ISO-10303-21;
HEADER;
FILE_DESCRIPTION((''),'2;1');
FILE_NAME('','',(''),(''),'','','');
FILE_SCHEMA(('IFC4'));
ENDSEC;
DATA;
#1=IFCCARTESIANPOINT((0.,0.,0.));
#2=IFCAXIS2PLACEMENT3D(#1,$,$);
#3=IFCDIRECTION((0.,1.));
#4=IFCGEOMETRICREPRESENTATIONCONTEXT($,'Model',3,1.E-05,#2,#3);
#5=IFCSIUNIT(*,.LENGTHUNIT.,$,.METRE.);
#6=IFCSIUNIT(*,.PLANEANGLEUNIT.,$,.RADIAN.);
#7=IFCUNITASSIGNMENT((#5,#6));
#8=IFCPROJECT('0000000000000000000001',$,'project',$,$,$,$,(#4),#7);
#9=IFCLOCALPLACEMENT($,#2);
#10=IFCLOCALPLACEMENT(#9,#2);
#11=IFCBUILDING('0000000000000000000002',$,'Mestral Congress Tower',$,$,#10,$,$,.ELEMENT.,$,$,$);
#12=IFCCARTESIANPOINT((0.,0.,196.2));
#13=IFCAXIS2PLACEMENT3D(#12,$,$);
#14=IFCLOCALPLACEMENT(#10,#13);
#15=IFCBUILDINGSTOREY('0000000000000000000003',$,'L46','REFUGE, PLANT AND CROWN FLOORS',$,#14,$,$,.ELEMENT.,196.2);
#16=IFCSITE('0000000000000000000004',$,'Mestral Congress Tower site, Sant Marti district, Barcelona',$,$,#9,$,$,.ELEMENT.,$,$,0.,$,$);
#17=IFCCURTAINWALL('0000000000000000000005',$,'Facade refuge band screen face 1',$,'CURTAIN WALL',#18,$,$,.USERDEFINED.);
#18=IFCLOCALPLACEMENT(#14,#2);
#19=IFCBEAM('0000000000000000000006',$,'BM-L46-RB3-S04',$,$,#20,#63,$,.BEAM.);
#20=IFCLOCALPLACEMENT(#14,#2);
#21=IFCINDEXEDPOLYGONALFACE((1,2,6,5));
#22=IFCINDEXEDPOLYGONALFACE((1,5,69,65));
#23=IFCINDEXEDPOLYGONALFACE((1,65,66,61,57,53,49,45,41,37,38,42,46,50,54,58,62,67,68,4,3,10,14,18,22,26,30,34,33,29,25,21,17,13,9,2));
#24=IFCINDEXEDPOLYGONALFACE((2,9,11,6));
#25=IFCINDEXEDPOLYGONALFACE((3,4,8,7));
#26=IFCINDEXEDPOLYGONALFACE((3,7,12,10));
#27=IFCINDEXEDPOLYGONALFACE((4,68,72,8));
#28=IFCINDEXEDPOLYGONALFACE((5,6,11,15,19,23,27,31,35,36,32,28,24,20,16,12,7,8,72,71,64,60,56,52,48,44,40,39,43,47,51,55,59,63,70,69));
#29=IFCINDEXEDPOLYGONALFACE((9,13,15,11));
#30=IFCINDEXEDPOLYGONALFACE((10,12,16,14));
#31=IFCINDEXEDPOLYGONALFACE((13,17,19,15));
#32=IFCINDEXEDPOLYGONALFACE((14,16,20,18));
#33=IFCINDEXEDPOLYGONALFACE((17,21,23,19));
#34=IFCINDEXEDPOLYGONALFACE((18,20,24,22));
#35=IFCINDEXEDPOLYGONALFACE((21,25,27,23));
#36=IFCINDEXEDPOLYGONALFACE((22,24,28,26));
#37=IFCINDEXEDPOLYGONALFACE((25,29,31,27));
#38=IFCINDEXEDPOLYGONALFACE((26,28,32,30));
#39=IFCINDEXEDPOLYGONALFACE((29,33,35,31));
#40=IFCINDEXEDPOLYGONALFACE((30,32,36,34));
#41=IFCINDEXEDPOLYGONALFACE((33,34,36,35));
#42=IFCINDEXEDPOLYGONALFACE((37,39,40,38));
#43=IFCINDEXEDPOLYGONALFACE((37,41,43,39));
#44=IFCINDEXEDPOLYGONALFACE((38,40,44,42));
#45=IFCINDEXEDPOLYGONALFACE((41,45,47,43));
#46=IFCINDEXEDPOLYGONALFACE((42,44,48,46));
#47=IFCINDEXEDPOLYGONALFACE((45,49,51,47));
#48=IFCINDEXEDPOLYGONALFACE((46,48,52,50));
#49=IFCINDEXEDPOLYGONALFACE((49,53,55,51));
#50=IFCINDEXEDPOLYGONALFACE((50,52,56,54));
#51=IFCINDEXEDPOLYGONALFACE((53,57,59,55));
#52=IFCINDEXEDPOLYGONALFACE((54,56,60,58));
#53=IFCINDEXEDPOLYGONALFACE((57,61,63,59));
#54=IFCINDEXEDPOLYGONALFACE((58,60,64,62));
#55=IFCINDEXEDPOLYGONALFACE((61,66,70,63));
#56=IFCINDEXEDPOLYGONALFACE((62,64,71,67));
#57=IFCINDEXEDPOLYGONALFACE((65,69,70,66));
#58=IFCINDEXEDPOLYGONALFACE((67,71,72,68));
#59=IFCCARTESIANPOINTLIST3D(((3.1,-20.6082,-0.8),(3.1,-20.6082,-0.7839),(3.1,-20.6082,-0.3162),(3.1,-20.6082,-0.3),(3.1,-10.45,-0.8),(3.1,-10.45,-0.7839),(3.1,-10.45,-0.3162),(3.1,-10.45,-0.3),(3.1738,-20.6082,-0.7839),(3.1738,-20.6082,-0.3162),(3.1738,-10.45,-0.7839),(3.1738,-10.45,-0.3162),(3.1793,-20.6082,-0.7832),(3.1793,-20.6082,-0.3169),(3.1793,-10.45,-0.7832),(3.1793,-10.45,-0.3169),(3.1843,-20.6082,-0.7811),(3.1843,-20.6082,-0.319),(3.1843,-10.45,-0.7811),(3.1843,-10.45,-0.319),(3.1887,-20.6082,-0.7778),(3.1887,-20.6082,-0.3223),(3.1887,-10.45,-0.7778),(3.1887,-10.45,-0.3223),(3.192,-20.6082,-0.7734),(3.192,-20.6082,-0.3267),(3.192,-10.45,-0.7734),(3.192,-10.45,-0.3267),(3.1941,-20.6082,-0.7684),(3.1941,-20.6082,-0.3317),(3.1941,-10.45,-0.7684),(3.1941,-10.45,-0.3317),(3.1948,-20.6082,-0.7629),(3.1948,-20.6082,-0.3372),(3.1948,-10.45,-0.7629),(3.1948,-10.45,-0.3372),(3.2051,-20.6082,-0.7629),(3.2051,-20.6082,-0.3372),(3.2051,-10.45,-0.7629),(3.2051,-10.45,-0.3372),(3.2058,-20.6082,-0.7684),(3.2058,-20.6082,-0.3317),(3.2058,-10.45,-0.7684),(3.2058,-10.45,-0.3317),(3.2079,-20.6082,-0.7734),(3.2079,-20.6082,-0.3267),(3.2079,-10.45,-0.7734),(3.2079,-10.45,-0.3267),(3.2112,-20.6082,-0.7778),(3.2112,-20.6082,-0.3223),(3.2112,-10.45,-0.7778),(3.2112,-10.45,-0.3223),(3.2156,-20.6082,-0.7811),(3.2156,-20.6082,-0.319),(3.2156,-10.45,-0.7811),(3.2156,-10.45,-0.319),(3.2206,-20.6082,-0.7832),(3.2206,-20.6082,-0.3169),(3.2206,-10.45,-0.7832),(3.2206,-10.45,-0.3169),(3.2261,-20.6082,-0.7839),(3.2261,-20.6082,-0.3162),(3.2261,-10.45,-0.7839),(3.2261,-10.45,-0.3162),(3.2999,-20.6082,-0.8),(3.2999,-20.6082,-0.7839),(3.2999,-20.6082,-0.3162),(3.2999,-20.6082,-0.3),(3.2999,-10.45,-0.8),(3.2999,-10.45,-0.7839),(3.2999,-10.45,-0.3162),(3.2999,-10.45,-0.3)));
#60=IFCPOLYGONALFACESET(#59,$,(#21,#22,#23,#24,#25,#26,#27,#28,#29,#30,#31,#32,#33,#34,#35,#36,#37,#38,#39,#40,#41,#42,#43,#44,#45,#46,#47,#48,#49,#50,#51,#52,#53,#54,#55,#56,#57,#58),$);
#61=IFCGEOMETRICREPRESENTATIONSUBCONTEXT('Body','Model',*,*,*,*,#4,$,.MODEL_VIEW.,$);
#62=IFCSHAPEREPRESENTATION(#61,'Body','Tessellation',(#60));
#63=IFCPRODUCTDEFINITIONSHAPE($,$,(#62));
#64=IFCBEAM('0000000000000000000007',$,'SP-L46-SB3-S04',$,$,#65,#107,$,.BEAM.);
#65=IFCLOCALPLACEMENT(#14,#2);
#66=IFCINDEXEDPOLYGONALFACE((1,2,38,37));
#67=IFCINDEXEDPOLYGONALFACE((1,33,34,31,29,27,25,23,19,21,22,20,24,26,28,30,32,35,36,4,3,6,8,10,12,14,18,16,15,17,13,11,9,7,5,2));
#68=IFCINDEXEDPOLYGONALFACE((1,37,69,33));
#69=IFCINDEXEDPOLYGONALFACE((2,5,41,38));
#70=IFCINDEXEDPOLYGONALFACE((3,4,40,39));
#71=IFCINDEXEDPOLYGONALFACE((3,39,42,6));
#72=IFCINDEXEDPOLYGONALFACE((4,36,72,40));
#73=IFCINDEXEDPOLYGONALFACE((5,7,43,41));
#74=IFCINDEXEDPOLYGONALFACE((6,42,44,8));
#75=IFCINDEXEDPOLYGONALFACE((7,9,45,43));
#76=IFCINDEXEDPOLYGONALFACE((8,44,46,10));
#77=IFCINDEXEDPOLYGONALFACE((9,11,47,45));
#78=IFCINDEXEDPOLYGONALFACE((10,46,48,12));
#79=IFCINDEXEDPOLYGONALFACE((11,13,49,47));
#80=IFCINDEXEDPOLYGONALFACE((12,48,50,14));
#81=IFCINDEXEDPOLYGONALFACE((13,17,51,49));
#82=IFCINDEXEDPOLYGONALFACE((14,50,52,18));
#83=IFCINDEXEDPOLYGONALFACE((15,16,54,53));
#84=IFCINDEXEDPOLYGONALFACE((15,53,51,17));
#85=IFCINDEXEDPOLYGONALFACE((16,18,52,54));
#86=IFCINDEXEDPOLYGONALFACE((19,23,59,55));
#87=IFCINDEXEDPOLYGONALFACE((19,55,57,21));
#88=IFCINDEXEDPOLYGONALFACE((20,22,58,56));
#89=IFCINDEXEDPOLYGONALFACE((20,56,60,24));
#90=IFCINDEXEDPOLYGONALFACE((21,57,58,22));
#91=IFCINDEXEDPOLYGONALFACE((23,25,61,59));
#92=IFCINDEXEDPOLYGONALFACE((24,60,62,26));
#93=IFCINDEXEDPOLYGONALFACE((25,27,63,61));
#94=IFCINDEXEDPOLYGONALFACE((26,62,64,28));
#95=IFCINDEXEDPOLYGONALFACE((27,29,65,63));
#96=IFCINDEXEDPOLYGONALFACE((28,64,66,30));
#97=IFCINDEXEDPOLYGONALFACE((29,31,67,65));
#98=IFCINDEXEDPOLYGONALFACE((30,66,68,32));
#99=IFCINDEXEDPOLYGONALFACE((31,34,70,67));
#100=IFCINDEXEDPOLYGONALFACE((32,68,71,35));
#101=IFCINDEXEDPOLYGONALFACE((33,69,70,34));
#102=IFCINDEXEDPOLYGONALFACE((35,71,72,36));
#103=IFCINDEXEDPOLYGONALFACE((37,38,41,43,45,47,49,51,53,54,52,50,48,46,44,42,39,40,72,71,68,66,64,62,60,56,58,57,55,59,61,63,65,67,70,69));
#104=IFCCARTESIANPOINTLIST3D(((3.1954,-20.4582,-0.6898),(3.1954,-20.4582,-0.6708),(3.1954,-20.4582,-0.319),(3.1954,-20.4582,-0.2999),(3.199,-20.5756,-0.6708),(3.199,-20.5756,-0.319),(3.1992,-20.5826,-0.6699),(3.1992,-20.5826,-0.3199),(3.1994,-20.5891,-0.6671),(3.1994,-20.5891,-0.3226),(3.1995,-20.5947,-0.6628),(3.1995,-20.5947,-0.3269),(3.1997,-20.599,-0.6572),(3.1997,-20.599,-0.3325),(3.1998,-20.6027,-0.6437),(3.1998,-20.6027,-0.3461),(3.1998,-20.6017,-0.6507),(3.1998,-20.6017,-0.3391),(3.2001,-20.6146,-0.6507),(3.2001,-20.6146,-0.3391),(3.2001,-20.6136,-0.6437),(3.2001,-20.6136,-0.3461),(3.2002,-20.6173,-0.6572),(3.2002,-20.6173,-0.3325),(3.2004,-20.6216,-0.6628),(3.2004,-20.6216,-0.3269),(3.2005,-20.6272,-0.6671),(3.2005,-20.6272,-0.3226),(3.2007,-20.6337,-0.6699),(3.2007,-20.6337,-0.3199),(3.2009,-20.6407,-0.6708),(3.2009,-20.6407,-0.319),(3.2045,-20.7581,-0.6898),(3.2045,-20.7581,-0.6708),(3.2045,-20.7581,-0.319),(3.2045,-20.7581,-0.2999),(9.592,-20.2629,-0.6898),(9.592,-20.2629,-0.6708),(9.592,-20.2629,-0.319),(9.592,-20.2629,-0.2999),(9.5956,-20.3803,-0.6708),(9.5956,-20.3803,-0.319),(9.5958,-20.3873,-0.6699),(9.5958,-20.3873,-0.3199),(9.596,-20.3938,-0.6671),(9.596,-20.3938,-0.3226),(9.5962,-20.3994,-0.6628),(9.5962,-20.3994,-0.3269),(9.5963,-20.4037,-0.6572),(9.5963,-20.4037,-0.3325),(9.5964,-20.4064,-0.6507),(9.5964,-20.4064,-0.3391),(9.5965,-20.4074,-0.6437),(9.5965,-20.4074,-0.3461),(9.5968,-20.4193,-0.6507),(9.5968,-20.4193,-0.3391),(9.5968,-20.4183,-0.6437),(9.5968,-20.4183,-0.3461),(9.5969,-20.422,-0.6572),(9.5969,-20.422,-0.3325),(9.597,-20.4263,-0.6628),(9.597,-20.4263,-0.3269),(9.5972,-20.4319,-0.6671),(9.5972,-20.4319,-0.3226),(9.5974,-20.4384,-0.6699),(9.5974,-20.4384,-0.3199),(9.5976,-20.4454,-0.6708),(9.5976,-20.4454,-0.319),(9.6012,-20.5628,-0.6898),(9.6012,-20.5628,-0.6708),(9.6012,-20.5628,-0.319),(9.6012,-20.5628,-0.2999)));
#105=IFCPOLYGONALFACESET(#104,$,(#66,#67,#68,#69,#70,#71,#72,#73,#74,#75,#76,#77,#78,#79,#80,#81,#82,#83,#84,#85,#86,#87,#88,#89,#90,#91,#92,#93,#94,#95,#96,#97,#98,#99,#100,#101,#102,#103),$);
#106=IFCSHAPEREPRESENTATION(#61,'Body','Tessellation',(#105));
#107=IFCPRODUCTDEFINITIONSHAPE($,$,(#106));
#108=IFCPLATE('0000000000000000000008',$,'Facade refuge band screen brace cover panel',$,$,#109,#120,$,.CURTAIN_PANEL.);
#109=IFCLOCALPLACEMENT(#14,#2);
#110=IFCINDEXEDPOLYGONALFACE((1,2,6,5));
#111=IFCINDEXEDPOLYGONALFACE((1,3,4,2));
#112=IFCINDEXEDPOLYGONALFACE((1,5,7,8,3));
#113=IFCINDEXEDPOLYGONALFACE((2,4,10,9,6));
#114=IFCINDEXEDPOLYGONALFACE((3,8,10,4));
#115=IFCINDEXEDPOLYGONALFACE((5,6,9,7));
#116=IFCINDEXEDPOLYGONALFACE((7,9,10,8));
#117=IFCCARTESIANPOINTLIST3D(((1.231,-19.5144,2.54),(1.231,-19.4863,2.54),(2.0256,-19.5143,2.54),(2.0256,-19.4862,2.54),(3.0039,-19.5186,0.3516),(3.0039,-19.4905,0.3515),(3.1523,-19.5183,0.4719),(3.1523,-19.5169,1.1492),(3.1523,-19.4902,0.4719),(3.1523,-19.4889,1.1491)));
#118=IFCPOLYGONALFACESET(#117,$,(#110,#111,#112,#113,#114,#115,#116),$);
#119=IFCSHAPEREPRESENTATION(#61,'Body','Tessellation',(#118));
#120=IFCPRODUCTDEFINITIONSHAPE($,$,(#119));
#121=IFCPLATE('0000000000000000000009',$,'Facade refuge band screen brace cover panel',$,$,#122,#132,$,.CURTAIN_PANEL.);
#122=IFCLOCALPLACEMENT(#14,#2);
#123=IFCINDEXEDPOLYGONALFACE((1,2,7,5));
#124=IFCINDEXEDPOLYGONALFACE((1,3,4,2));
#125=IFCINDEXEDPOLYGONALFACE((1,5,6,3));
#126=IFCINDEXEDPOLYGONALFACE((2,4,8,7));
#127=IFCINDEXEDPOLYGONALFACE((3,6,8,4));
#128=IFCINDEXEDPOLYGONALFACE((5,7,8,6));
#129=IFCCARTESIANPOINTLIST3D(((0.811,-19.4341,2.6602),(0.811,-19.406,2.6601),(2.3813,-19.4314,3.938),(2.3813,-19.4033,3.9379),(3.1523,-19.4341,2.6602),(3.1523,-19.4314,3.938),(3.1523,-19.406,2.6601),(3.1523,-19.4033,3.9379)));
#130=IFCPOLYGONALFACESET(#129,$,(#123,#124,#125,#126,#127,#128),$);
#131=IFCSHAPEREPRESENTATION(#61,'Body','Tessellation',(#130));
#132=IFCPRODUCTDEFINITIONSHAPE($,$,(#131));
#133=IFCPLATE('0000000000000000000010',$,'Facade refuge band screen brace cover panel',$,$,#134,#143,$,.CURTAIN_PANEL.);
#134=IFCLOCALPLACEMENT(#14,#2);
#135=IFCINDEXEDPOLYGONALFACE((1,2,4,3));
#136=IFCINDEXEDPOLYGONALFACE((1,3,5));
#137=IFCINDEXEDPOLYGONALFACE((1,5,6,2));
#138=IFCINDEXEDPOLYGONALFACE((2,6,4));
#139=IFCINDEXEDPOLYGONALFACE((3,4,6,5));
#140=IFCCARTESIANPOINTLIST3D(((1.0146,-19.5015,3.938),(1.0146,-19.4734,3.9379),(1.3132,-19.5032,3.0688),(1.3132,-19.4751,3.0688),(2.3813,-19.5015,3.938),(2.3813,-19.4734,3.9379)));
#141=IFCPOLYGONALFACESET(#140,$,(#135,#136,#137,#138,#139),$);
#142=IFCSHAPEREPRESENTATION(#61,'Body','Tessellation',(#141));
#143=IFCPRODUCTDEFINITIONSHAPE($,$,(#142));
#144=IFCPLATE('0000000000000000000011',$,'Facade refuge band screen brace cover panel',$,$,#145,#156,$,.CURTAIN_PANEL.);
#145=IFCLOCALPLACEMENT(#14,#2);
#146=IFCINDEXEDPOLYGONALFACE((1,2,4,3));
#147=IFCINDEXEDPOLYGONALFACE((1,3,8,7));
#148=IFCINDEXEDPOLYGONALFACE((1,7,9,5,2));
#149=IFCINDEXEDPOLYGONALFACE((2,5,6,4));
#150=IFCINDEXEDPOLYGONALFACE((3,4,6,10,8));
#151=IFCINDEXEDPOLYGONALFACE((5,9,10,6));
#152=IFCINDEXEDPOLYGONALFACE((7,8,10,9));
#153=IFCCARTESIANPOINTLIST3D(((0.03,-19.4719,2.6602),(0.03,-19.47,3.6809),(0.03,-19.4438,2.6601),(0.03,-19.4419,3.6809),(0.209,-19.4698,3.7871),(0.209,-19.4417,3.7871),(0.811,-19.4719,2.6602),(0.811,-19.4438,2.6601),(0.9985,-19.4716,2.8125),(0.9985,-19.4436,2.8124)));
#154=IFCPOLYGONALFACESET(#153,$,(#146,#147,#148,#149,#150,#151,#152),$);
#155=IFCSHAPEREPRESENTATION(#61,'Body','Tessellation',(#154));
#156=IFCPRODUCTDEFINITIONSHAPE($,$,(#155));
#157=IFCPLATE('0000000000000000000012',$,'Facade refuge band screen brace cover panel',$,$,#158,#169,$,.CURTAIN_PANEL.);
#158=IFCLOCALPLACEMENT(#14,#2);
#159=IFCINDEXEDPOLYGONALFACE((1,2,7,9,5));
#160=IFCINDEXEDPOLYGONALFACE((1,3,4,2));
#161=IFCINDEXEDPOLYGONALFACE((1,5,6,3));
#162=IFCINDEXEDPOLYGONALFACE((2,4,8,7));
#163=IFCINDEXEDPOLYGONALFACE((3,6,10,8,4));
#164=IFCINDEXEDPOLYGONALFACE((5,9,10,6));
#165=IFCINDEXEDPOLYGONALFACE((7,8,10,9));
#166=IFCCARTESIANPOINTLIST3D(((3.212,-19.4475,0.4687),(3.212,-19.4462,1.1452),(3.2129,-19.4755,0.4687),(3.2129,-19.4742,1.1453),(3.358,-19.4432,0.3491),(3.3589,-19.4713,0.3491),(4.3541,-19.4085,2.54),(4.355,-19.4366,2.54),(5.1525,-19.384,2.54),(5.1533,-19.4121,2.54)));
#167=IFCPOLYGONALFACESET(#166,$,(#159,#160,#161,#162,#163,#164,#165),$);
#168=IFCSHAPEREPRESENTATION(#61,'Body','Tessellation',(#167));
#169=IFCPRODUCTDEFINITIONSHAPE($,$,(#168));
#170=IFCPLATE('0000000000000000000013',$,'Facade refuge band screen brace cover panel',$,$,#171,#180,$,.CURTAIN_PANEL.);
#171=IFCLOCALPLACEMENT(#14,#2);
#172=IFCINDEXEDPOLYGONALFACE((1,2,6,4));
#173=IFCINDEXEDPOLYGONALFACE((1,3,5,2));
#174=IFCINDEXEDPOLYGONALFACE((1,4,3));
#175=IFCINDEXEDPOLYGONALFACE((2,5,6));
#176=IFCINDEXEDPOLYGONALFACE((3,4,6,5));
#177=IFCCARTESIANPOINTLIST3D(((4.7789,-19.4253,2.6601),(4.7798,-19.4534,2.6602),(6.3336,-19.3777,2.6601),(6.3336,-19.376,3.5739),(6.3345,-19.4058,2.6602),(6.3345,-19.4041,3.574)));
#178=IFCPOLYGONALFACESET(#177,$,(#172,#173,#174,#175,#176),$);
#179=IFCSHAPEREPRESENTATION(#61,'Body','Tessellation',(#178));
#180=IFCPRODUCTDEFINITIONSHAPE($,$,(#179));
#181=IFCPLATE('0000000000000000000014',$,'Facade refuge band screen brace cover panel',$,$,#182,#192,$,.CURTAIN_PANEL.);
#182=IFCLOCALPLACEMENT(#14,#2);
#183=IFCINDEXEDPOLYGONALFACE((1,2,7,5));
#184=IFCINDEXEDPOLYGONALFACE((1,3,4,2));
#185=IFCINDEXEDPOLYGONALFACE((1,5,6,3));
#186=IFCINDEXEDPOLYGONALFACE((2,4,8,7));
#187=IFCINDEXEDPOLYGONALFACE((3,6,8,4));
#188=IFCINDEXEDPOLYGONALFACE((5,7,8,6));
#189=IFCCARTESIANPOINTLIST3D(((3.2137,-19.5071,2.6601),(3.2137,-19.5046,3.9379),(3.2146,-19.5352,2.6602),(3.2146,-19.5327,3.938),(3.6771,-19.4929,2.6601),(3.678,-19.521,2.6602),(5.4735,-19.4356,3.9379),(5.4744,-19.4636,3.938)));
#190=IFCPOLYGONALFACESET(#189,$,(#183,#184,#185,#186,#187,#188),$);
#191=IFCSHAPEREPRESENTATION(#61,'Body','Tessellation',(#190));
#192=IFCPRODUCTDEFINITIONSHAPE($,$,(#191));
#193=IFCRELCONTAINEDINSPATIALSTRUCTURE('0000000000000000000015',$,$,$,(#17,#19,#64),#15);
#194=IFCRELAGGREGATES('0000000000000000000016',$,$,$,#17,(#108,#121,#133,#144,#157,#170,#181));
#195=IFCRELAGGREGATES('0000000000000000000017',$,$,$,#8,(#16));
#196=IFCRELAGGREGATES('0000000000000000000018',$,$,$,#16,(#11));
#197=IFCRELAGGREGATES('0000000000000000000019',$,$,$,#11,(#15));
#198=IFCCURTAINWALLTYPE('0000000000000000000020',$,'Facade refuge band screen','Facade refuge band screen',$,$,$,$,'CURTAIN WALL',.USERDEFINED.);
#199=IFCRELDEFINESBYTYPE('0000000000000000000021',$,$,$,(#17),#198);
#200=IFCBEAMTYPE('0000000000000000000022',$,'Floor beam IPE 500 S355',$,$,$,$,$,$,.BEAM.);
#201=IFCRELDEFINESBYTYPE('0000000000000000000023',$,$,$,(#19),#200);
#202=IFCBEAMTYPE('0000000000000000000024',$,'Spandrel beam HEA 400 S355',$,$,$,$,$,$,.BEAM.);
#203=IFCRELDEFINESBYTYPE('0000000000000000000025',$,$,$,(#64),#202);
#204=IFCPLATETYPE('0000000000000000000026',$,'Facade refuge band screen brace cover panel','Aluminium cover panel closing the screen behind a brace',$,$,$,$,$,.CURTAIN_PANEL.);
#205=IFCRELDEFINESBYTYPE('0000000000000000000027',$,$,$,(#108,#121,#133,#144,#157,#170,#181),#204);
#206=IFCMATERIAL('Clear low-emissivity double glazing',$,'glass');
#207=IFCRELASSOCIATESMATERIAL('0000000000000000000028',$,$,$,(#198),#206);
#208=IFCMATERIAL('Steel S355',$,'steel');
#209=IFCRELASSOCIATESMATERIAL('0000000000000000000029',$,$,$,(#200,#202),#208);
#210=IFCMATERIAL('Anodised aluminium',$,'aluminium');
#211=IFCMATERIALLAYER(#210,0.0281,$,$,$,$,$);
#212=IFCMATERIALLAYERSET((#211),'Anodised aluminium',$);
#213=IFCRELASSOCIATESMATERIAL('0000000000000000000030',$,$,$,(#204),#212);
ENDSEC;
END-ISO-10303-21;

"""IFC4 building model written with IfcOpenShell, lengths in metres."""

from ifc_helpers import new_model, si_unit, direction, frame, origin, origin_2d, place, context, subcontext, project, spatial, polyline, i_section, outline, extrude, material, layer, layer_set, material_profile, profile_set, type_object, element, aggregate, save


model = new_model("IFC4")

# Units and contexts
model_context = context("Model", 3, precision=1e-05, world=origin(), true_north=direction((0.0, 1.0)))
body_context = subcontext(model_context, "Body", "Model", "MODEL_VIEW")
ifc_project = project(units=[si_unit("LENGTHUNIT", "METRE"), si_unit("PLANEANGLEUNIT", "RADIAN")], contexts=[model_context])

# Site, building, storey
site_placement = place(None, origin())
site = spatial("IfcSite", under=ifc_project, at=site_placement, Name="Mestral Congress Tower site, Sant Marti district, Barcelona", CompositionType="ELEMENT", RefElevation=0.0)
building_placement = place(site_placement, origin())
building = spatial("IfcBuilding", under=site, at=building_placement, Name="Mestral Congress Tower", CompositionType="ELEMENT")
storey_placement = place(building_placement, frame((0.0, 0.0, 196.2)))
storey = spatial("IfcBuildingStorey", under=building, at=storey_placement, Name="L46", Description="REFUGE, PLANT AND CROWN FLOORS", CompositionType="ELEMENT", Elevation=196.2)

# Shared definitions
ifc_material_1 = material(Name="Steel S355", Category="steel")

# Curtain wall
ifc_material_2 = material(Name="Clear low-emissivity double glazing", Category="glass")
curtain_wall_type = type_object("IfcCurtainWallType", Name="Facade refuge band screen", Description="Facade refuge band screen", ElementType="CURTAIN WALL", PredefinedType="USERDEFINED", material=ifc_material_2)
curtain_wall_placement = place(storey_placement, origin())
curtain_wall = element("IfcCurtainWall", 1, at=curtain_wall_placement, inside=storey, type_object=curtain_wall_type, Name="Facade refuge band screen face 1", ObjectType="CURTAIN WALL", PredefinedType="USERDEFINED")
ifc_material_3 = material(Name="Anodised aluminium", Category="aluminium")

# Beams
ifc_material_profile_1 = material_profile(ifc_material_1, i_section(OverallWidth=0.2, OverallDepth=0.5, WebThickness=0.0103, FlangeThickness=0.0161, FilletRadius=0.021, at=origin_2d()), Name="IPE 500")
ifc_profile_set_1 = profile_set([ifc_material_profile_1], Name="Steel S355")
beam_type_1 = type_object("IfcBeamType", Name="Floor beam IPE 500 S355", PredefinedType="BEAM", material=ifc_profile_set_1)
beam_1_placement = place(storey_placement, frame((3.2, -20.6082, -0.55), z_axis=(0.0, 1.0, 0.0), x_axis=(-1.0, 0.0, 0.0)))
element("IfcBeam", 2, at=beam_1_placement, inside=storey, type_object=beam_type_1, Name="BM-L46-RB3-S04", PredefinedType="BEAM", context=body_context, shape_type="SweptSolid", body=[
    extrude(i_section(OverallWidth=0.2, OverallDepth=0.5, WebThickness=0.0103, FlangeThickness=0.0161, FilletRadius=0.021, at=origin_2d()), origin(), (0.0, 0.0, 1.0), 10.1582),
])
ifc_material_profile_2 = material_profile(ifc_material_1, i_section(OverallWidth=0.3, OverallDepth=0.3899, WebThickness=0.011, FlangeThickness=0.019, FilletRadius=0.0271, at=origin_2d()), Name="HEA 400")
ifc_profile_set_2 = profile_set([ifc_material_profile_2], Name="Steel S355")
beam_type_2 = type_object("IfcBeamType", Name="Spandrel beam HEA 400 S355", PredefinedType="BEAM", material=ifc_profile_set_2)
beam_2_placement = place(storey_placement, frame((3.2, -20.6082, -0.4949), z_axis=(0.999534, 0.030519, 0.0), x_axis=(-0.030519, 0.999534, 0.0)))
element("IfcBeam", 3, at=beam_2_placement, inside=storey, type_object=beam_type_2, Name="SP-L46-SB3-S04", PredefinedType="BEAM", context=body_context, shape_type="SweptSolid", body=[
    extrude(i_section(OverallWidth=0.3, OverallDepth=0.3899, WebThickness=0.011, FlangeThickness=0.019, FilletRadius=0.0271, at=origin_2d()), origin(), (0.0, 0.0, 1.0), 6.3997),
])

# Plates
ifc_layer_1 = layer(ifc_material_3, 0.0281)
ifc_layer_set_1 = layer_set([ifc_layer_1], Name="Anodised aluminium")
plate_type_1 = type_object("IfcPlateType", Name="Facade refuge band screen brace cover panel", Description="Aluminium cover panel closing the screen behind a brace", PredefinedType="CURTAIN_PANEL", material=ifc_layer_set_1)
plate_1_placement = place(storey_placement, frame((3.1523, -19.5183, 0.4719), z_axis=(0.000142, -0.999998, 0.002037), x_axis=(-0.776737, -0.001393, -0.629824)))
plate_1 = element("IfcPlate", 4, at=plate_1_placement, type_object=plate_type_1, Name="Facade refuge band screen brace cover panel", PredefinedType="CURTAIN_PANEL", context=body_context, shape_type="SweptSolid", body=[
    extrude(outline(polyline([(0.0, 0.0), (0.1911, 0.0), (0.1899, -2.8165), (-0.4274, -2.316), (-0.4265, -0.526), (0.0, 0.0)])), origin(), (0.0, 0.0, -1.0), 0.0281),
])
plate_2_placement = place(storey_placement, frame((3.1523, -19.4314, 3.938), z_axis=(0.0, -0.999998, 0.002102), x_axis=(0.0, -0.002102, -0.999998)))
plate_2 = element("IfcPlate", 5, at=plate_2_placement, type_object=plate_type_1, Name="Facade refuge band screen brace cover panel", PredefinedType="CURTAIN_PANEL", context=body_context, shape_type="SweptSolid", body=[
    extrude(outline(polyline([(0.0, 0.0), (1.2778, 0.0), (1.2778, -2.3413), (0.0, -0.771), (0.0, 0.0)])), origin(), (0.0, 0.0, -1.0), 0.0281),
])
plate_3_placement = place(storey_placement, frame((2.3813, -19.5015, 3.938), z_axis=(0.0, -0.999998, 0.001966), x_axis=(-0.775652, -0.001241, -0.631159)))
plate_3 = element("IfcPlate", 6, at=plate_3_placement, type_object=plate_type_1, Name="Facade refuge band screen brace cover panel", PredefinedType="CURTAIN_PANEL", context=body_context, shape_type="SweptSolid", body=[
    extrude(outline(polyline([(0.0, 0.0), (1.3771, 0.0), (1.0601, -0.8626), (0.0, 0.0)])), origin(), (0.0, 0.0, -1.0), 0.0281),
])
plate_4_placement = place(storey_placement, frame((0.811, -19.4719, 2.6602), z_axis=(-0.000013, -0.999998, 0.001922), x_axis=(-1.0, 0.000013, 0.0)))
plate_4 = element("IfcPlate", 7, at=plate_4_placement, type_object=plate_type_1, Name="Facade refuge band screen brace cover panel", PredefinedType="CURTAIN_PANEL", context=body_context, shape_type="SweptSolid", body=[
    extrude(outline(polyline([(0.0, 0.0), (0.781, 0.0), (0.781, -1.0208), (0.6021, -1.127), (-0.1875, -0.1523), (0.0, 0.0)])), origin(), (0.0, 0.0, -1.0), 0.0281),
])
plate_5_placement = place(storey_placement, frame((5.1533, -19.4121, 2.54), z_axis=(0.030605, -0.99953, 0.001929), x_axis=(-0.633493, -0.02089, -0.773466)))
plate_5 = element("IfcPlate", 8, at=plate_5_placement, type_object=plate_type_1, Name="Facade refuge band screen brace cover panel", PredefinedType="CURTAIN_PANEL", context=body_context, shape_type="SweptSolid", body=[
    extrude(outline(polyline([(0.0, 0.0), (2.8326, 0.0), (2.8326, -0.1888), (2.3094, -0.6176), (0.5063, -0.6178), (0.0, 0.0)])), origin(), (0.0, 0.0, -1.0), 0.0281),
])
plate_6_placement = place(storey_placement, frame((4.7798, -19.4534, 2.6602), z_axis=(0.030607, -0.99953, 0.001869), x_axis=(0.861783, 0.027337, 0.506541)))
plate_6 = element("IfcPlate", 9, at=plate_6_placement, type_object=plate_type_1, Name="Facade refuge band screen brace cover panel", PredefinedType="CURTAIN_PANEL", context=body_context, shape_type="SweptSolid", body=[
    extrude(outline(polyline([(0.0, 0.0), (1.804, 0.0), (1.3411, -0.7879), (0.0, 0.0)])), origin(), (0.0, 0.0, -1.0), 0.0281),
])
plate_7_placement = place(storey_placement, frame((3.2146, -19.5352, 2.6602), z_axis=(0.030558, -0.999531, 0.001915), x_axis=(0.0, 0.001915, 0.999998)))
plate_7 = element("IfcPlate", 10, at=plate_7_placement, type_object=plate_type_1, Name="Facade refuge band screen brace cover panel", PredefinedType="CURTAIN_PANEL", context=body_context, shape_type="SweptSolid", body=[
    extrude(outline(polyline([(0.0, 0.0), (1.2778, 0.0), (1.278, -2.2608), (0.0, -0.4636), (0.0, 0.0)])), origin(), (0.0, 0.0, -1.0), 0.0281),
])

aggregate(curtain_wall, [plate_1, plate_2, plate_3, plate_4, plate_5, plate_6, plate_7])

save(model, "model.ifc")
